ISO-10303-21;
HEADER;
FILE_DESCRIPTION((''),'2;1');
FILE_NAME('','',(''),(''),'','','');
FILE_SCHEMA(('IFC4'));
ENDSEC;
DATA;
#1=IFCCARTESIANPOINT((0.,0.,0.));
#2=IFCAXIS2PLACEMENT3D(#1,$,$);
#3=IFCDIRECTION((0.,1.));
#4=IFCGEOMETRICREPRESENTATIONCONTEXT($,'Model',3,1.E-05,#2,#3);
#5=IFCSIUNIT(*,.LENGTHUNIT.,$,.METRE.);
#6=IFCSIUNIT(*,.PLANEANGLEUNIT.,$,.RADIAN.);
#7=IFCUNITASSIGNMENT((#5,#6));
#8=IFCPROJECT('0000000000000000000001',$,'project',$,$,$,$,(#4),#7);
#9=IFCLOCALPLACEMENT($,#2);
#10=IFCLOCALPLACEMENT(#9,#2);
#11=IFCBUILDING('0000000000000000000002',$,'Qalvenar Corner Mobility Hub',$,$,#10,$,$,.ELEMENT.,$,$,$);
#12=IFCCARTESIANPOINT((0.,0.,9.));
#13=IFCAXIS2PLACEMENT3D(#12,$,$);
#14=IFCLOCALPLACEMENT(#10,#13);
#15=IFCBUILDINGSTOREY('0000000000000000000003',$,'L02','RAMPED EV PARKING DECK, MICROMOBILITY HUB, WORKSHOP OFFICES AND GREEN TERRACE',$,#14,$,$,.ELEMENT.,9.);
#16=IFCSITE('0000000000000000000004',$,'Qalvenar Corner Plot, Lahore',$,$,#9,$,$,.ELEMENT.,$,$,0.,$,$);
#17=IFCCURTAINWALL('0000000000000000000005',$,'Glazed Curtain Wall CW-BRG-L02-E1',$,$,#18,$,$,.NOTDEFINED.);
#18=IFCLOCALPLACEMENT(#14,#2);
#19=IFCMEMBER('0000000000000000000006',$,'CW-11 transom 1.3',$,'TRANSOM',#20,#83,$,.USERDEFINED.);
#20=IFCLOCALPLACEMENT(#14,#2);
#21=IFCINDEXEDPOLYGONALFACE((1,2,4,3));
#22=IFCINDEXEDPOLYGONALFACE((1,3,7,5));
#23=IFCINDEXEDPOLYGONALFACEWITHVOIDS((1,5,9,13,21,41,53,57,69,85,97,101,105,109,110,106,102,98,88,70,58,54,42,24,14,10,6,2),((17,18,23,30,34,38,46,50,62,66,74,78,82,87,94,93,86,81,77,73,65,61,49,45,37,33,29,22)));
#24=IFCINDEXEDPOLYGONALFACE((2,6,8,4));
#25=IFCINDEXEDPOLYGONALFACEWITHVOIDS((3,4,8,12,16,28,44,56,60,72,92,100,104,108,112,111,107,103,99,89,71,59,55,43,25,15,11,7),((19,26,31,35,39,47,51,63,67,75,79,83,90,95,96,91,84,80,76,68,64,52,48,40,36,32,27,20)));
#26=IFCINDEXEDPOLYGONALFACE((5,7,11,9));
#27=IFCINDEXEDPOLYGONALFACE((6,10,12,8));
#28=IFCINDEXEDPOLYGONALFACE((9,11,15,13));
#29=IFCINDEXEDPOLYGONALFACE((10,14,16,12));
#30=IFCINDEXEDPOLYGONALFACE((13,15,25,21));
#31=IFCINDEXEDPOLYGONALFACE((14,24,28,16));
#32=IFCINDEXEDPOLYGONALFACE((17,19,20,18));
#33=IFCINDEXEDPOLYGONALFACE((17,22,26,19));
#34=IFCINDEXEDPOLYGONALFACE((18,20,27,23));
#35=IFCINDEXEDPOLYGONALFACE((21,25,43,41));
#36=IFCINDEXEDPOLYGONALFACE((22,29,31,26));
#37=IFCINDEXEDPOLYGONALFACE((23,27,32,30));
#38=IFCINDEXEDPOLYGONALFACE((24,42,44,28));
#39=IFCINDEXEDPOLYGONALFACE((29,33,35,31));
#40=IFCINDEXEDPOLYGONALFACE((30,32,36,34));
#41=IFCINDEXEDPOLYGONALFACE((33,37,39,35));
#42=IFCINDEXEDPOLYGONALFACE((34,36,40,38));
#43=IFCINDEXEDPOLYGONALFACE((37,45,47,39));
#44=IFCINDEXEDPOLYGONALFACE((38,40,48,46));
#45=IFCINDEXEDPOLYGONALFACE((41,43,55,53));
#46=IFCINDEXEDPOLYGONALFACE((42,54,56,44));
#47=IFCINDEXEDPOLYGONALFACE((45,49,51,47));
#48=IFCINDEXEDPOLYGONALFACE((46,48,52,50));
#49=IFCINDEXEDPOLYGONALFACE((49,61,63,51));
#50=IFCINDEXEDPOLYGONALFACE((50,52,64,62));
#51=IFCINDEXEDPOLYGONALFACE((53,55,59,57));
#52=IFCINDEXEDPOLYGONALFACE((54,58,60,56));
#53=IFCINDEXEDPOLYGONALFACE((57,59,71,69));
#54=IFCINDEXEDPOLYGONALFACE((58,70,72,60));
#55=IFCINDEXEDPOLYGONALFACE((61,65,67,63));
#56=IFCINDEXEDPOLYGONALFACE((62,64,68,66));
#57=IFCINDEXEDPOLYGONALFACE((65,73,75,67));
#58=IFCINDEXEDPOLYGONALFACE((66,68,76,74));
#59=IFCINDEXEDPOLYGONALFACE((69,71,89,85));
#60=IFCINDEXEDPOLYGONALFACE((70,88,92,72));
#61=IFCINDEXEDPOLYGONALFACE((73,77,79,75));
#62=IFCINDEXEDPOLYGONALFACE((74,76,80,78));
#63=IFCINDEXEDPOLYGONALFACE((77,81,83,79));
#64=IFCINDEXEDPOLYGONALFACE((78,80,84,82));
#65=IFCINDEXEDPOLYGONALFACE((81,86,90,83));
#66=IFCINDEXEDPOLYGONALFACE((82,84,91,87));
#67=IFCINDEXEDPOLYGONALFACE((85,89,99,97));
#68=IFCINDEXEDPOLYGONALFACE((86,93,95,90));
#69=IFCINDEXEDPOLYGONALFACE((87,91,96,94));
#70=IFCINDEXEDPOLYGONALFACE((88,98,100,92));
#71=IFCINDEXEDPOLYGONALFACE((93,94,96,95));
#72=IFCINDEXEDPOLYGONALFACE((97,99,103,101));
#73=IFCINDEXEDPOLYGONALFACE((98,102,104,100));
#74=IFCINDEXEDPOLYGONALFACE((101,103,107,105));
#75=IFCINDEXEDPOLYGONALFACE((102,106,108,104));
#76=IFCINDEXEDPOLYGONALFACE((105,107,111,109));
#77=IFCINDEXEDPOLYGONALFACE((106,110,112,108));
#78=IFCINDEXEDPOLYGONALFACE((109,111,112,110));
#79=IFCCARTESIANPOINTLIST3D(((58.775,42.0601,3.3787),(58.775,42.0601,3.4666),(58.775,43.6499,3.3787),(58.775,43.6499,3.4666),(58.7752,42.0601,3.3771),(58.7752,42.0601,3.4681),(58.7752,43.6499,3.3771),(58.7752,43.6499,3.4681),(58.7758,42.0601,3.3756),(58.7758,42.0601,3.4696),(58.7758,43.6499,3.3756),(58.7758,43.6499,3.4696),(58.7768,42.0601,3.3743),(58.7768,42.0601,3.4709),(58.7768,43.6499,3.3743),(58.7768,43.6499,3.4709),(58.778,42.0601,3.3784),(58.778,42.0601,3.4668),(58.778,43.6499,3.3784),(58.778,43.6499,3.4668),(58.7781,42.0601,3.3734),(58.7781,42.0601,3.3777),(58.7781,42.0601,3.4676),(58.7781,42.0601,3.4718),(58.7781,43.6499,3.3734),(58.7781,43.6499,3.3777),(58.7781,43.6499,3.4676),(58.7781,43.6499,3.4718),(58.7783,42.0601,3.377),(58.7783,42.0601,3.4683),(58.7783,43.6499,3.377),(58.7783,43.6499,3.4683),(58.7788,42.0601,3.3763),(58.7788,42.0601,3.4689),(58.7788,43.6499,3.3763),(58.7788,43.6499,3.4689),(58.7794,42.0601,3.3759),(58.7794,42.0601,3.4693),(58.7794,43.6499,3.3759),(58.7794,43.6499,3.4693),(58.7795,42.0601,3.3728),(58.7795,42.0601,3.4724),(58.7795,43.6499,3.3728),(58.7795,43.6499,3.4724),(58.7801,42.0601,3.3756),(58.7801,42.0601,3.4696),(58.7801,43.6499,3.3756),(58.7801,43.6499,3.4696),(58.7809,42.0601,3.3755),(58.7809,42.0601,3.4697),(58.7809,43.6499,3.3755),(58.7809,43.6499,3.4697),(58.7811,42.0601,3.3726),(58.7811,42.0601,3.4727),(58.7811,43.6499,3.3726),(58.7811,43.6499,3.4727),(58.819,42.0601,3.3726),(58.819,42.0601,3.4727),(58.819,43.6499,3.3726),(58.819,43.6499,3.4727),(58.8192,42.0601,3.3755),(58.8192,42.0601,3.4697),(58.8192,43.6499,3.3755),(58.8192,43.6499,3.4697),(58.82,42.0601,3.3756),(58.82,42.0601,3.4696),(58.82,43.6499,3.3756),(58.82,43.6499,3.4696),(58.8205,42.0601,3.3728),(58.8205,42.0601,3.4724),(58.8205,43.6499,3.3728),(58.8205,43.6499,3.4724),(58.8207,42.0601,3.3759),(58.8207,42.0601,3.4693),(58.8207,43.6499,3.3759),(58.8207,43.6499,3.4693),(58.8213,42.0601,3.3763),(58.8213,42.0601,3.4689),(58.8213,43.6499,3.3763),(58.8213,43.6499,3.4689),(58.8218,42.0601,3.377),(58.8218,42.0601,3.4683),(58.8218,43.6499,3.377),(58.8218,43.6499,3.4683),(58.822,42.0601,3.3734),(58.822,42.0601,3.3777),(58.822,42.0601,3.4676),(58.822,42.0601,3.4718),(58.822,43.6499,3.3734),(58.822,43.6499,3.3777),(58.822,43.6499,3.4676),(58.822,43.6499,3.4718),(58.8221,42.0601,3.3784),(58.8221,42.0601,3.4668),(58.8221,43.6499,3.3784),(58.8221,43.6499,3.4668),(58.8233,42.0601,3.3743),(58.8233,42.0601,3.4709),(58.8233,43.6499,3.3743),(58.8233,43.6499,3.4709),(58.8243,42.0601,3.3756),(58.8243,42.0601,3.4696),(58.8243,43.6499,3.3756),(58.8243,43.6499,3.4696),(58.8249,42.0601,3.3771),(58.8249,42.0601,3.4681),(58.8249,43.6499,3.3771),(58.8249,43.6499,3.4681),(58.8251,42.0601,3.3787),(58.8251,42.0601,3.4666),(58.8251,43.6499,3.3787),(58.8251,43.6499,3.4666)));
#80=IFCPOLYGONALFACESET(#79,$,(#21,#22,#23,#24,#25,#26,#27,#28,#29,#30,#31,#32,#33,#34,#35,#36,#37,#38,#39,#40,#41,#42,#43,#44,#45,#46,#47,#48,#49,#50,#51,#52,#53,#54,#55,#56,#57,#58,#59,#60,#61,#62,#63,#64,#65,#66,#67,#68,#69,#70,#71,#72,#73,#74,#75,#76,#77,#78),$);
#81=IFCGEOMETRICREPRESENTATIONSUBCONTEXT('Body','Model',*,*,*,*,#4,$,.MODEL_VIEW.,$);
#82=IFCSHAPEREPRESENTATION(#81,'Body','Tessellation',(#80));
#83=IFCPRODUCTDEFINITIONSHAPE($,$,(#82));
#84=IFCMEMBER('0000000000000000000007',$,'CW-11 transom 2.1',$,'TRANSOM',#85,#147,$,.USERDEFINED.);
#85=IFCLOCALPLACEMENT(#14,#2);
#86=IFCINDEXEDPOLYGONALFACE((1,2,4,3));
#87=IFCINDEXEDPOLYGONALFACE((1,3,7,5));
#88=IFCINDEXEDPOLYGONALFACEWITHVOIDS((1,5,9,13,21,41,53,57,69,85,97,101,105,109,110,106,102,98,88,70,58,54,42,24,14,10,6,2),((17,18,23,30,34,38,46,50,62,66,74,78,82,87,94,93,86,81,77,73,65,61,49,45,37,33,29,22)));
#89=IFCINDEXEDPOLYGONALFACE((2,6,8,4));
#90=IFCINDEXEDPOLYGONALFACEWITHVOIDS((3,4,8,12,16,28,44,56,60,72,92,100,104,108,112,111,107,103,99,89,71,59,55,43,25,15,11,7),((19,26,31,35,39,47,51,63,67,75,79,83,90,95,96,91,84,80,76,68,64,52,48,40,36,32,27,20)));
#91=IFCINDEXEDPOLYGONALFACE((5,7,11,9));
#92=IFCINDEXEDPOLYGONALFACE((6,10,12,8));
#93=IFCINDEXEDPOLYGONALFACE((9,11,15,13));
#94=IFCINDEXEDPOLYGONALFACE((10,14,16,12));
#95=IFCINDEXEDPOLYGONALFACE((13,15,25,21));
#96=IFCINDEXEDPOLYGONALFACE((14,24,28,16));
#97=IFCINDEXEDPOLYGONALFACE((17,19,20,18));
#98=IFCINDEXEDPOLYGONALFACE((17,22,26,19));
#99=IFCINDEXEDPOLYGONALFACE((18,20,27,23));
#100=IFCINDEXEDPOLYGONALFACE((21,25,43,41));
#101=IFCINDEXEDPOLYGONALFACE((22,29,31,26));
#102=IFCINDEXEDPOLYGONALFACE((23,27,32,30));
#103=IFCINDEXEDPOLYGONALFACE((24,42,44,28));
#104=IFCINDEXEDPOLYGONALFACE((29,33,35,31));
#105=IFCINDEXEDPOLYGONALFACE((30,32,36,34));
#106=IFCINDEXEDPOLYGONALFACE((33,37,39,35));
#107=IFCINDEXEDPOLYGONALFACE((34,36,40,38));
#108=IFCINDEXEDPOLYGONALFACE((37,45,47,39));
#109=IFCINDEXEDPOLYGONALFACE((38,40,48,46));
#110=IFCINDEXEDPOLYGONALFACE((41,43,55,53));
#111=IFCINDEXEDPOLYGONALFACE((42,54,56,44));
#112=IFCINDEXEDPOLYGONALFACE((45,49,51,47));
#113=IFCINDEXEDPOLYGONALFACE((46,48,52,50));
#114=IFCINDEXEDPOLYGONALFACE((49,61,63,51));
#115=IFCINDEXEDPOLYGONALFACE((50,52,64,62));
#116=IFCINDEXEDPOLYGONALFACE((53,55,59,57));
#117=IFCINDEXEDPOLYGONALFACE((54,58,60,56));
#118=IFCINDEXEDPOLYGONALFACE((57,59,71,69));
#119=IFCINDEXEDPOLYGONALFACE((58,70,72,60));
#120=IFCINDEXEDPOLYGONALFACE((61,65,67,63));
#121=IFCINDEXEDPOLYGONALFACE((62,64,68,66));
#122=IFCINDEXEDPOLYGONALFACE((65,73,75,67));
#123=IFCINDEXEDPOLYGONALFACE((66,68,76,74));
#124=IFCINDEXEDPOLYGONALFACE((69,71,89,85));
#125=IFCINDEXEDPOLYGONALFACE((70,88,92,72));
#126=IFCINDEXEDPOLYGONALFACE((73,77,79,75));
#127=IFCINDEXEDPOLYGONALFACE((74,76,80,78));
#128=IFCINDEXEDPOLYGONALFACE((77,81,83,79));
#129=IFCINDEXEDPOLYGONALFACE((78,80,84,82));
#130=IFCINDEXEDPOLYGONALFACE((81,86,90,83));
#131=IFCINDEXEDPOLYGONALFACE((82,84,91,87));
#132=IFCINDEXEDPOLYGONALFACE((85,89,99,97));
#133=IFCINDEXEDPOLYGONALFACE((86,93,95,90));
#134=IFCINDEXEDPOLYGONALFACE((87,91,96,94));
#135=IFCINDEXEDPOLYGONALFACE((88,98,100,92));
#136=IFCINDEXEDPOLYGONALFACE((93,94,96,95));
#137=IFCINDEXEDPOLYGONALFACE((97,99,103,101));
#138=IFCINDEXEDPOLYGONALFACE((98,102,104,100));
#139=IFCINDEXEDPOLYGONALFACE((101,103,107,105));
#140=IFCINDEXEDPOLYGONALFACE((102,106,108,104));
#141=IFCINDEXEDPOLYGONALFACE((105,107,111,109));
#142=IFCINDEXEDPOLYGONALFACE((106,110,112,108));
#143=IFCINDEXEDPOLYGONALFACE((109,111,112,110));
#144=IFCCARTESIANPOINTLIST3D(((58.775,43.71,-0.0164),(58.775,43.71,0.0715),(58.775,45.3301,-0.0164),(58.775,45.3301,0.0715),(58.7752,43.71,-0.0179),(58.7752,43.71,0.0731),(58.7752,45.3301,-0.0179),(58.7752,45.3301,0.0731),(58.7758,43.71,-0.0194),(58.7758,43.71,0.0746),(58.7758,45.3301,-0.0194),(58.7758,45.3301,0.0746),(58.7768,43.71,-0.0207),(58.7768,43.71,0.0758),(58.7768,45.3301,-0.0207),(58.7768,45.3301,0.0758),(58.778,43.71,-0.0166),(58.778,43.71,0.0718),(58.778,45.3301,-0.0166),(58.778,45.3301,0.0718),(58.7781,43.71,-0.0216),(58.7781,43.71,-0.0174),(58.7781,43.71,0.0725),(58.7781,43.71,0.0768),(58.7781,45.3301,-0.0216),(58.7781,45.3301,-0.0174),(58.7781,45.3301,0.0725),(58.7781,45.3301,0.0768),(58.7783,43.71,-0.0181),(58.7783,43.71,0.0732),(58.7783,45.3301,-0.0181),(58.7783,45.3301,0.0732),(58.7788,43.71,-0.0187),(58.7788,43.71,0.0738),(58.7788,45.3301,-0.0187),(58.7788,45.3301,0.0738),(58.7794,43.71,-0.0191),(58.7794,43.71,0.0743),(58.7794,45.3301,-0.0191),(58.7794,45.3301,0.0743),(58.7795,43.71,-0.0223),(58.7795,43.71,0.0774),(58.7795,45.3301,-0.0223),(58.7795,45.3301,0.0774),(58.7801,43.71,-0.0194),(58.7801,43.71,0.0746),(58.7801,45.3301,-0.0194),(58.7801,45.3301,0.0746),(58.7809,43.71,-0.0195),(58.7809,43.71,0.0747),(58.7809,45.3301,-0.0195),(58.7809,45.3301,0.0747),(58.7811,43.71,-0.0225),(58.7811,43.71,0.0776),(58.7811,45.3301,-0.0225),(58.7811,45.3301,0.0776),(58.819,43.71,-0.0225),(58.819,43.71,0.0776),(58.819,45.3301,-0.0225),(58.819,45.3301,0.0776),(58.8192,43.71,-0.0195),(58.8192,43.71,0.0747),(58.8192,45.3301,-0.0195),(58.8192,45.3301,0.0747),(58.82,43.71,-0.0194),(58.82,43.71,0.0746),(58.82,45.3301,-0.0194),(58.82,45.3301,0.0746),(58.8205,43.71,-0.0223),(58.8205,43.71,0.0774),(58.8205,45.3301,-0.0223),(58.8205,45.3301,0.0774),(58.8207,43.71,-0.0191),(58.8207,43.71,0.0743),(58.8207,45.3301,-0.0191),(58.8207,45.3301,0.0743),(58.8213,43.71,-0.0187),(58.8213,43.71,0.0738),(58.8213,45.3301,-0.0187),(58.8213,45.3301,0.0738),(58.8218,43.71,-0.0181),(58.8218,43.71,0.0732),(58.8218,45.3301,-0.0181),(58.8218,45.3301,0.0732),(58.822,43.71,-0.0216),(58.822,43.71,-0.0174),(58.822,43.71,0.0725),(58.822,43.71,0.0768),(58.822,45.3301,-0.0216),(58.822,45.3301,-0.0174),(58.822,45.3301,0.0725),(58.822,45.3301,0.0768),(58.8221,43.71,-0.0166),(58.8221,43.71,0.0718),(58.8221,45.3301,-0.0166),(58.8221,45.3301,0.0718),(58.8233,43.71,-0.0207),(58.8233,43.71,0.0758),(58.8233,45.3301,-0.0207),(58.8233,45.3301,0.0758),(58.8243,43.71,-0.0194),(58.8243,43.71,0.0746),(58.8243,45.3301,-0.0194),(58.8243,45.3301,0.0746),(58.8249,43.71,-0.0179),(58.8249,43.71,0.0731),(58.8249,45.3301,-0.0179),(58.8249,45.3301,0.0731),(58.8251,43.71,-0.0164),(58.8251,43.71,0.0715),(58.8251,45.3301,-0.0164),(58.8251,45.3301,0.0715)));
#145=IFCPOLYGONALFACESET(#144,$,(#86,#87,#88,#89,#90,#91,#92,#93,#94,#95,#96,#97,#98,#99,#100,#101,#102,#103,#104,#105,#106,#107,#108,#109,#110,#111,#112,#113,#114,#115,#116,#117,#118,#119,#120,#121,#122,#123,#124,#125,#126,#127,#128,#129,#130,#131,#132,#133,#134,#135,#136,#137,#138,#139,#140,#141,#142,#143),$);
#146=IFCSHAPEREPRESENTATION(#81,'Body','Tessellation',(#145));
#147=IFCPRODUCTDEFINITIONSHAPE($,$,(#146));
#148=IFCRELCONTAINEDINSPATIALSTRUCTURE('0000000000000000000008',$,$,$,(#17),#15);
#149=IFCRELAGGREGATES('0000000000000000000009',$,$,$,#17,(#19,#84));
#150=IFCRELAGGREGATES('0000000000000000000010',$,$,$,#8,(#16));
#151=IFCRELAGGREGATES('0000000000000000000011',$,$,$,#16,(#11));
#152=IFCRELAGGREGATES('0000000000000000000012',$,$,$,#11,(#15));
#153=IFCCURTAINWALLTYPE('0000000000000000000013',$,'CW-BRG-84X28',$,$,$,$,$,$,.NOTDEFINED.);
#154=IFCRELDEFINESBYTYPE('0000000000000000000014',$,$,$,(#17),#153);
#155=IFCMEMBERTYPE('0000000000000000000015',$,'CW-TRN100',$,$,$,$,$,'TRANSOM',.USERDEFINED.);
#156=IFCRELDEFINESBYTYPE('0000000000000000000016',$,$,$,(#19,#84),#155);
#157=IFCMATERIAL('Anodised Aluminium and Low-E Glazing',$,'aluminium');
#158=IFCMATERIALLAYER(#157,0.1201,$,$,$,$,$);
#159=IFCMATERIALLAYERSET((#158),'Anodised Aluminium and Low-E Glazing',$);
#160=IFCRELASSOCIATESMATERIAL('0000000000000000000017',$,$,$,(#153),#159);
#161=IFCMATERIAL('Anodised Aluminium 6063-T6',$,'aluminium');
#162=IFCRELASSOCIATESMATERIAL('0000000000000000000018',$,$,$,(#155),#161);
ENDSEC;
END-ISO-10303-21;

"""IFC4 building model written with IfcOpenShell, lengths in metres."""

from ifc_helpers import new_model, si_unit, direction, frame, origin, origin_2d, place, context, subcontext, project, spatial, hollow_rectangle, extrude, material, layer, layer_set, material_profile, profile_set, type_object, element, aggregate, save


model = new_model("IFC4")

# Units and contexts
model_context = context("Model", 3, precision=1e-05, world=origin(), true_north=direction((0.0, 1.0)))
body_context = subcontext(model_context, "Body", "Model", "MODEL_VIEW")
ifc_project = project(units=[si_unit("LENGTHUNIT", "METRE"), si_unit("PLANEANGLEUNIT", "RADIAN")], contexts=[model_context])

# Site, building, storey
site_placement = place(None, origin())
site = spatial("IfcSite", under=ifc_project, at=site_placement, Name="Qalvenar Corner Plot, Lahore", CompositionType="ELEMENT", RefElevation=0.0)
building_placement = place(site_placement, origin())
building = spatial("IfcBuilding", under=site, at=building_placement, Name="Qalvenar Corner Mobility Hub", CompositionType="ELEMENT")
storey_placement = place(building_placement, frame((0.0, 0.0, 9.0)))
storey = spatial("IfcBuildingStorey", under=building, at=storey_placement, Name="L02", Description="RAMPED EV PARKING DECK, MICROMOBILITY HUB, WORKSHOP OFFICES AND GREEN TERRACE", CompositionType="ELEMENT", Elevation=9.0)

# Curtain wall, members
ifc_material_1 = material(Name="Anodised Aluminium and Low-E Glazing", Category="aluminium")
ifc_layer_1 = layer(ifc_material_1, 0.1201)
ifc_layer_set_1 = layer_set([ifc_layer_1], Name="Anodised Aluminium and Low-E Glazing")
curtain_wall_type = type_object("IfcCurtainWallType", Name="CW-BRG-84X28", PredefinedType="NOTDEFINED", material=ifc_layer_set_1)
curtain_wall_placement = place(storey_placement, origin())
curtain_wall = element("IfcCurtainWall", 1, at=curtain_wall_placement, inside=storey, type_object=curtain_wall_type, Name="Glazed Curtain Wall CW-BRG-L02-E1", PredefinedType="NOTDEFINED")
ifc_material_2 = material(Name="Anodised Aluminium 6063-T6", Category="aluminium")
ifc_material_profile_1 = material_profile(ifc_material_2, hollow_rectangle(XDim=0.05, YDim=0.1001, WallThickness=0.0029, InnerFilletRadius=0.0029, OuterFilletRadius=0.0061, at=origin_2d()), Name="RHS100x50x3")
ifc_profile_set_1 = profile_set([ifc_material_profile_1], Name="Anodised Aluminium 6063-T6")
member_type_1 = type_object("IfcMemberType", Name="CW-TRN100", ElementType="TRANSOM", PredefinedType="USERDEFINED", material=ifc_profile_set_1)
member_1_placement = place(storey_placement, frame((58.8, 42.0601, 3.4226), z_axis=(0.0, 1.0, 0.0), x_axis=(-1.0, 0.0, 0.0)))
member_1 = element("IfcMember", 2, at=member_1_placement, type_object=member_type_1, Name="CW-11 transom 1.3", ObjectType="TRANSOM", PredefinedType="USERDEFINED", context=body_context, shape_type="SweptSolid", body=[
    extrude(hollow_rectangle(XDim=0.05, YDim=0.1001, WallThickness=0.0029, InnerFilletRadius=0.0029, OuterFilletRadius=0.0061, at=origin_2d()), origin(), (0.0, 0.0, 1.0), 1.5898),
])
member_2_placement = place(storey_placement, frame((58.8, 43.71, 0.0276), z_axis=(0.0, 1.0, 0.0), x_axis=(-1.0, 0.0, 0.0)))
member_2 = element("IfcMember", 3, at=member_2_placement, type_object=member_type_1, Name="CW-11 transom 2.1", ObjectType="TRANSOM", PredefinedType="USERDEFINED", context=body_context, shape_type="SweptSolid", body=[
    extrude(hollow_rectangle(XDim=0.05, YDim=0.1001, WallThickness=0.0029, InnerFilletRadius=0.0029, OuterFilletRadius=0.0061, at=origin_2d()), origin(), (0.0, 0.0, 1.0), 1.6201),
])

aggregate(curtain_wall, [member_1, member_2])

save(model, "model.ifc")
